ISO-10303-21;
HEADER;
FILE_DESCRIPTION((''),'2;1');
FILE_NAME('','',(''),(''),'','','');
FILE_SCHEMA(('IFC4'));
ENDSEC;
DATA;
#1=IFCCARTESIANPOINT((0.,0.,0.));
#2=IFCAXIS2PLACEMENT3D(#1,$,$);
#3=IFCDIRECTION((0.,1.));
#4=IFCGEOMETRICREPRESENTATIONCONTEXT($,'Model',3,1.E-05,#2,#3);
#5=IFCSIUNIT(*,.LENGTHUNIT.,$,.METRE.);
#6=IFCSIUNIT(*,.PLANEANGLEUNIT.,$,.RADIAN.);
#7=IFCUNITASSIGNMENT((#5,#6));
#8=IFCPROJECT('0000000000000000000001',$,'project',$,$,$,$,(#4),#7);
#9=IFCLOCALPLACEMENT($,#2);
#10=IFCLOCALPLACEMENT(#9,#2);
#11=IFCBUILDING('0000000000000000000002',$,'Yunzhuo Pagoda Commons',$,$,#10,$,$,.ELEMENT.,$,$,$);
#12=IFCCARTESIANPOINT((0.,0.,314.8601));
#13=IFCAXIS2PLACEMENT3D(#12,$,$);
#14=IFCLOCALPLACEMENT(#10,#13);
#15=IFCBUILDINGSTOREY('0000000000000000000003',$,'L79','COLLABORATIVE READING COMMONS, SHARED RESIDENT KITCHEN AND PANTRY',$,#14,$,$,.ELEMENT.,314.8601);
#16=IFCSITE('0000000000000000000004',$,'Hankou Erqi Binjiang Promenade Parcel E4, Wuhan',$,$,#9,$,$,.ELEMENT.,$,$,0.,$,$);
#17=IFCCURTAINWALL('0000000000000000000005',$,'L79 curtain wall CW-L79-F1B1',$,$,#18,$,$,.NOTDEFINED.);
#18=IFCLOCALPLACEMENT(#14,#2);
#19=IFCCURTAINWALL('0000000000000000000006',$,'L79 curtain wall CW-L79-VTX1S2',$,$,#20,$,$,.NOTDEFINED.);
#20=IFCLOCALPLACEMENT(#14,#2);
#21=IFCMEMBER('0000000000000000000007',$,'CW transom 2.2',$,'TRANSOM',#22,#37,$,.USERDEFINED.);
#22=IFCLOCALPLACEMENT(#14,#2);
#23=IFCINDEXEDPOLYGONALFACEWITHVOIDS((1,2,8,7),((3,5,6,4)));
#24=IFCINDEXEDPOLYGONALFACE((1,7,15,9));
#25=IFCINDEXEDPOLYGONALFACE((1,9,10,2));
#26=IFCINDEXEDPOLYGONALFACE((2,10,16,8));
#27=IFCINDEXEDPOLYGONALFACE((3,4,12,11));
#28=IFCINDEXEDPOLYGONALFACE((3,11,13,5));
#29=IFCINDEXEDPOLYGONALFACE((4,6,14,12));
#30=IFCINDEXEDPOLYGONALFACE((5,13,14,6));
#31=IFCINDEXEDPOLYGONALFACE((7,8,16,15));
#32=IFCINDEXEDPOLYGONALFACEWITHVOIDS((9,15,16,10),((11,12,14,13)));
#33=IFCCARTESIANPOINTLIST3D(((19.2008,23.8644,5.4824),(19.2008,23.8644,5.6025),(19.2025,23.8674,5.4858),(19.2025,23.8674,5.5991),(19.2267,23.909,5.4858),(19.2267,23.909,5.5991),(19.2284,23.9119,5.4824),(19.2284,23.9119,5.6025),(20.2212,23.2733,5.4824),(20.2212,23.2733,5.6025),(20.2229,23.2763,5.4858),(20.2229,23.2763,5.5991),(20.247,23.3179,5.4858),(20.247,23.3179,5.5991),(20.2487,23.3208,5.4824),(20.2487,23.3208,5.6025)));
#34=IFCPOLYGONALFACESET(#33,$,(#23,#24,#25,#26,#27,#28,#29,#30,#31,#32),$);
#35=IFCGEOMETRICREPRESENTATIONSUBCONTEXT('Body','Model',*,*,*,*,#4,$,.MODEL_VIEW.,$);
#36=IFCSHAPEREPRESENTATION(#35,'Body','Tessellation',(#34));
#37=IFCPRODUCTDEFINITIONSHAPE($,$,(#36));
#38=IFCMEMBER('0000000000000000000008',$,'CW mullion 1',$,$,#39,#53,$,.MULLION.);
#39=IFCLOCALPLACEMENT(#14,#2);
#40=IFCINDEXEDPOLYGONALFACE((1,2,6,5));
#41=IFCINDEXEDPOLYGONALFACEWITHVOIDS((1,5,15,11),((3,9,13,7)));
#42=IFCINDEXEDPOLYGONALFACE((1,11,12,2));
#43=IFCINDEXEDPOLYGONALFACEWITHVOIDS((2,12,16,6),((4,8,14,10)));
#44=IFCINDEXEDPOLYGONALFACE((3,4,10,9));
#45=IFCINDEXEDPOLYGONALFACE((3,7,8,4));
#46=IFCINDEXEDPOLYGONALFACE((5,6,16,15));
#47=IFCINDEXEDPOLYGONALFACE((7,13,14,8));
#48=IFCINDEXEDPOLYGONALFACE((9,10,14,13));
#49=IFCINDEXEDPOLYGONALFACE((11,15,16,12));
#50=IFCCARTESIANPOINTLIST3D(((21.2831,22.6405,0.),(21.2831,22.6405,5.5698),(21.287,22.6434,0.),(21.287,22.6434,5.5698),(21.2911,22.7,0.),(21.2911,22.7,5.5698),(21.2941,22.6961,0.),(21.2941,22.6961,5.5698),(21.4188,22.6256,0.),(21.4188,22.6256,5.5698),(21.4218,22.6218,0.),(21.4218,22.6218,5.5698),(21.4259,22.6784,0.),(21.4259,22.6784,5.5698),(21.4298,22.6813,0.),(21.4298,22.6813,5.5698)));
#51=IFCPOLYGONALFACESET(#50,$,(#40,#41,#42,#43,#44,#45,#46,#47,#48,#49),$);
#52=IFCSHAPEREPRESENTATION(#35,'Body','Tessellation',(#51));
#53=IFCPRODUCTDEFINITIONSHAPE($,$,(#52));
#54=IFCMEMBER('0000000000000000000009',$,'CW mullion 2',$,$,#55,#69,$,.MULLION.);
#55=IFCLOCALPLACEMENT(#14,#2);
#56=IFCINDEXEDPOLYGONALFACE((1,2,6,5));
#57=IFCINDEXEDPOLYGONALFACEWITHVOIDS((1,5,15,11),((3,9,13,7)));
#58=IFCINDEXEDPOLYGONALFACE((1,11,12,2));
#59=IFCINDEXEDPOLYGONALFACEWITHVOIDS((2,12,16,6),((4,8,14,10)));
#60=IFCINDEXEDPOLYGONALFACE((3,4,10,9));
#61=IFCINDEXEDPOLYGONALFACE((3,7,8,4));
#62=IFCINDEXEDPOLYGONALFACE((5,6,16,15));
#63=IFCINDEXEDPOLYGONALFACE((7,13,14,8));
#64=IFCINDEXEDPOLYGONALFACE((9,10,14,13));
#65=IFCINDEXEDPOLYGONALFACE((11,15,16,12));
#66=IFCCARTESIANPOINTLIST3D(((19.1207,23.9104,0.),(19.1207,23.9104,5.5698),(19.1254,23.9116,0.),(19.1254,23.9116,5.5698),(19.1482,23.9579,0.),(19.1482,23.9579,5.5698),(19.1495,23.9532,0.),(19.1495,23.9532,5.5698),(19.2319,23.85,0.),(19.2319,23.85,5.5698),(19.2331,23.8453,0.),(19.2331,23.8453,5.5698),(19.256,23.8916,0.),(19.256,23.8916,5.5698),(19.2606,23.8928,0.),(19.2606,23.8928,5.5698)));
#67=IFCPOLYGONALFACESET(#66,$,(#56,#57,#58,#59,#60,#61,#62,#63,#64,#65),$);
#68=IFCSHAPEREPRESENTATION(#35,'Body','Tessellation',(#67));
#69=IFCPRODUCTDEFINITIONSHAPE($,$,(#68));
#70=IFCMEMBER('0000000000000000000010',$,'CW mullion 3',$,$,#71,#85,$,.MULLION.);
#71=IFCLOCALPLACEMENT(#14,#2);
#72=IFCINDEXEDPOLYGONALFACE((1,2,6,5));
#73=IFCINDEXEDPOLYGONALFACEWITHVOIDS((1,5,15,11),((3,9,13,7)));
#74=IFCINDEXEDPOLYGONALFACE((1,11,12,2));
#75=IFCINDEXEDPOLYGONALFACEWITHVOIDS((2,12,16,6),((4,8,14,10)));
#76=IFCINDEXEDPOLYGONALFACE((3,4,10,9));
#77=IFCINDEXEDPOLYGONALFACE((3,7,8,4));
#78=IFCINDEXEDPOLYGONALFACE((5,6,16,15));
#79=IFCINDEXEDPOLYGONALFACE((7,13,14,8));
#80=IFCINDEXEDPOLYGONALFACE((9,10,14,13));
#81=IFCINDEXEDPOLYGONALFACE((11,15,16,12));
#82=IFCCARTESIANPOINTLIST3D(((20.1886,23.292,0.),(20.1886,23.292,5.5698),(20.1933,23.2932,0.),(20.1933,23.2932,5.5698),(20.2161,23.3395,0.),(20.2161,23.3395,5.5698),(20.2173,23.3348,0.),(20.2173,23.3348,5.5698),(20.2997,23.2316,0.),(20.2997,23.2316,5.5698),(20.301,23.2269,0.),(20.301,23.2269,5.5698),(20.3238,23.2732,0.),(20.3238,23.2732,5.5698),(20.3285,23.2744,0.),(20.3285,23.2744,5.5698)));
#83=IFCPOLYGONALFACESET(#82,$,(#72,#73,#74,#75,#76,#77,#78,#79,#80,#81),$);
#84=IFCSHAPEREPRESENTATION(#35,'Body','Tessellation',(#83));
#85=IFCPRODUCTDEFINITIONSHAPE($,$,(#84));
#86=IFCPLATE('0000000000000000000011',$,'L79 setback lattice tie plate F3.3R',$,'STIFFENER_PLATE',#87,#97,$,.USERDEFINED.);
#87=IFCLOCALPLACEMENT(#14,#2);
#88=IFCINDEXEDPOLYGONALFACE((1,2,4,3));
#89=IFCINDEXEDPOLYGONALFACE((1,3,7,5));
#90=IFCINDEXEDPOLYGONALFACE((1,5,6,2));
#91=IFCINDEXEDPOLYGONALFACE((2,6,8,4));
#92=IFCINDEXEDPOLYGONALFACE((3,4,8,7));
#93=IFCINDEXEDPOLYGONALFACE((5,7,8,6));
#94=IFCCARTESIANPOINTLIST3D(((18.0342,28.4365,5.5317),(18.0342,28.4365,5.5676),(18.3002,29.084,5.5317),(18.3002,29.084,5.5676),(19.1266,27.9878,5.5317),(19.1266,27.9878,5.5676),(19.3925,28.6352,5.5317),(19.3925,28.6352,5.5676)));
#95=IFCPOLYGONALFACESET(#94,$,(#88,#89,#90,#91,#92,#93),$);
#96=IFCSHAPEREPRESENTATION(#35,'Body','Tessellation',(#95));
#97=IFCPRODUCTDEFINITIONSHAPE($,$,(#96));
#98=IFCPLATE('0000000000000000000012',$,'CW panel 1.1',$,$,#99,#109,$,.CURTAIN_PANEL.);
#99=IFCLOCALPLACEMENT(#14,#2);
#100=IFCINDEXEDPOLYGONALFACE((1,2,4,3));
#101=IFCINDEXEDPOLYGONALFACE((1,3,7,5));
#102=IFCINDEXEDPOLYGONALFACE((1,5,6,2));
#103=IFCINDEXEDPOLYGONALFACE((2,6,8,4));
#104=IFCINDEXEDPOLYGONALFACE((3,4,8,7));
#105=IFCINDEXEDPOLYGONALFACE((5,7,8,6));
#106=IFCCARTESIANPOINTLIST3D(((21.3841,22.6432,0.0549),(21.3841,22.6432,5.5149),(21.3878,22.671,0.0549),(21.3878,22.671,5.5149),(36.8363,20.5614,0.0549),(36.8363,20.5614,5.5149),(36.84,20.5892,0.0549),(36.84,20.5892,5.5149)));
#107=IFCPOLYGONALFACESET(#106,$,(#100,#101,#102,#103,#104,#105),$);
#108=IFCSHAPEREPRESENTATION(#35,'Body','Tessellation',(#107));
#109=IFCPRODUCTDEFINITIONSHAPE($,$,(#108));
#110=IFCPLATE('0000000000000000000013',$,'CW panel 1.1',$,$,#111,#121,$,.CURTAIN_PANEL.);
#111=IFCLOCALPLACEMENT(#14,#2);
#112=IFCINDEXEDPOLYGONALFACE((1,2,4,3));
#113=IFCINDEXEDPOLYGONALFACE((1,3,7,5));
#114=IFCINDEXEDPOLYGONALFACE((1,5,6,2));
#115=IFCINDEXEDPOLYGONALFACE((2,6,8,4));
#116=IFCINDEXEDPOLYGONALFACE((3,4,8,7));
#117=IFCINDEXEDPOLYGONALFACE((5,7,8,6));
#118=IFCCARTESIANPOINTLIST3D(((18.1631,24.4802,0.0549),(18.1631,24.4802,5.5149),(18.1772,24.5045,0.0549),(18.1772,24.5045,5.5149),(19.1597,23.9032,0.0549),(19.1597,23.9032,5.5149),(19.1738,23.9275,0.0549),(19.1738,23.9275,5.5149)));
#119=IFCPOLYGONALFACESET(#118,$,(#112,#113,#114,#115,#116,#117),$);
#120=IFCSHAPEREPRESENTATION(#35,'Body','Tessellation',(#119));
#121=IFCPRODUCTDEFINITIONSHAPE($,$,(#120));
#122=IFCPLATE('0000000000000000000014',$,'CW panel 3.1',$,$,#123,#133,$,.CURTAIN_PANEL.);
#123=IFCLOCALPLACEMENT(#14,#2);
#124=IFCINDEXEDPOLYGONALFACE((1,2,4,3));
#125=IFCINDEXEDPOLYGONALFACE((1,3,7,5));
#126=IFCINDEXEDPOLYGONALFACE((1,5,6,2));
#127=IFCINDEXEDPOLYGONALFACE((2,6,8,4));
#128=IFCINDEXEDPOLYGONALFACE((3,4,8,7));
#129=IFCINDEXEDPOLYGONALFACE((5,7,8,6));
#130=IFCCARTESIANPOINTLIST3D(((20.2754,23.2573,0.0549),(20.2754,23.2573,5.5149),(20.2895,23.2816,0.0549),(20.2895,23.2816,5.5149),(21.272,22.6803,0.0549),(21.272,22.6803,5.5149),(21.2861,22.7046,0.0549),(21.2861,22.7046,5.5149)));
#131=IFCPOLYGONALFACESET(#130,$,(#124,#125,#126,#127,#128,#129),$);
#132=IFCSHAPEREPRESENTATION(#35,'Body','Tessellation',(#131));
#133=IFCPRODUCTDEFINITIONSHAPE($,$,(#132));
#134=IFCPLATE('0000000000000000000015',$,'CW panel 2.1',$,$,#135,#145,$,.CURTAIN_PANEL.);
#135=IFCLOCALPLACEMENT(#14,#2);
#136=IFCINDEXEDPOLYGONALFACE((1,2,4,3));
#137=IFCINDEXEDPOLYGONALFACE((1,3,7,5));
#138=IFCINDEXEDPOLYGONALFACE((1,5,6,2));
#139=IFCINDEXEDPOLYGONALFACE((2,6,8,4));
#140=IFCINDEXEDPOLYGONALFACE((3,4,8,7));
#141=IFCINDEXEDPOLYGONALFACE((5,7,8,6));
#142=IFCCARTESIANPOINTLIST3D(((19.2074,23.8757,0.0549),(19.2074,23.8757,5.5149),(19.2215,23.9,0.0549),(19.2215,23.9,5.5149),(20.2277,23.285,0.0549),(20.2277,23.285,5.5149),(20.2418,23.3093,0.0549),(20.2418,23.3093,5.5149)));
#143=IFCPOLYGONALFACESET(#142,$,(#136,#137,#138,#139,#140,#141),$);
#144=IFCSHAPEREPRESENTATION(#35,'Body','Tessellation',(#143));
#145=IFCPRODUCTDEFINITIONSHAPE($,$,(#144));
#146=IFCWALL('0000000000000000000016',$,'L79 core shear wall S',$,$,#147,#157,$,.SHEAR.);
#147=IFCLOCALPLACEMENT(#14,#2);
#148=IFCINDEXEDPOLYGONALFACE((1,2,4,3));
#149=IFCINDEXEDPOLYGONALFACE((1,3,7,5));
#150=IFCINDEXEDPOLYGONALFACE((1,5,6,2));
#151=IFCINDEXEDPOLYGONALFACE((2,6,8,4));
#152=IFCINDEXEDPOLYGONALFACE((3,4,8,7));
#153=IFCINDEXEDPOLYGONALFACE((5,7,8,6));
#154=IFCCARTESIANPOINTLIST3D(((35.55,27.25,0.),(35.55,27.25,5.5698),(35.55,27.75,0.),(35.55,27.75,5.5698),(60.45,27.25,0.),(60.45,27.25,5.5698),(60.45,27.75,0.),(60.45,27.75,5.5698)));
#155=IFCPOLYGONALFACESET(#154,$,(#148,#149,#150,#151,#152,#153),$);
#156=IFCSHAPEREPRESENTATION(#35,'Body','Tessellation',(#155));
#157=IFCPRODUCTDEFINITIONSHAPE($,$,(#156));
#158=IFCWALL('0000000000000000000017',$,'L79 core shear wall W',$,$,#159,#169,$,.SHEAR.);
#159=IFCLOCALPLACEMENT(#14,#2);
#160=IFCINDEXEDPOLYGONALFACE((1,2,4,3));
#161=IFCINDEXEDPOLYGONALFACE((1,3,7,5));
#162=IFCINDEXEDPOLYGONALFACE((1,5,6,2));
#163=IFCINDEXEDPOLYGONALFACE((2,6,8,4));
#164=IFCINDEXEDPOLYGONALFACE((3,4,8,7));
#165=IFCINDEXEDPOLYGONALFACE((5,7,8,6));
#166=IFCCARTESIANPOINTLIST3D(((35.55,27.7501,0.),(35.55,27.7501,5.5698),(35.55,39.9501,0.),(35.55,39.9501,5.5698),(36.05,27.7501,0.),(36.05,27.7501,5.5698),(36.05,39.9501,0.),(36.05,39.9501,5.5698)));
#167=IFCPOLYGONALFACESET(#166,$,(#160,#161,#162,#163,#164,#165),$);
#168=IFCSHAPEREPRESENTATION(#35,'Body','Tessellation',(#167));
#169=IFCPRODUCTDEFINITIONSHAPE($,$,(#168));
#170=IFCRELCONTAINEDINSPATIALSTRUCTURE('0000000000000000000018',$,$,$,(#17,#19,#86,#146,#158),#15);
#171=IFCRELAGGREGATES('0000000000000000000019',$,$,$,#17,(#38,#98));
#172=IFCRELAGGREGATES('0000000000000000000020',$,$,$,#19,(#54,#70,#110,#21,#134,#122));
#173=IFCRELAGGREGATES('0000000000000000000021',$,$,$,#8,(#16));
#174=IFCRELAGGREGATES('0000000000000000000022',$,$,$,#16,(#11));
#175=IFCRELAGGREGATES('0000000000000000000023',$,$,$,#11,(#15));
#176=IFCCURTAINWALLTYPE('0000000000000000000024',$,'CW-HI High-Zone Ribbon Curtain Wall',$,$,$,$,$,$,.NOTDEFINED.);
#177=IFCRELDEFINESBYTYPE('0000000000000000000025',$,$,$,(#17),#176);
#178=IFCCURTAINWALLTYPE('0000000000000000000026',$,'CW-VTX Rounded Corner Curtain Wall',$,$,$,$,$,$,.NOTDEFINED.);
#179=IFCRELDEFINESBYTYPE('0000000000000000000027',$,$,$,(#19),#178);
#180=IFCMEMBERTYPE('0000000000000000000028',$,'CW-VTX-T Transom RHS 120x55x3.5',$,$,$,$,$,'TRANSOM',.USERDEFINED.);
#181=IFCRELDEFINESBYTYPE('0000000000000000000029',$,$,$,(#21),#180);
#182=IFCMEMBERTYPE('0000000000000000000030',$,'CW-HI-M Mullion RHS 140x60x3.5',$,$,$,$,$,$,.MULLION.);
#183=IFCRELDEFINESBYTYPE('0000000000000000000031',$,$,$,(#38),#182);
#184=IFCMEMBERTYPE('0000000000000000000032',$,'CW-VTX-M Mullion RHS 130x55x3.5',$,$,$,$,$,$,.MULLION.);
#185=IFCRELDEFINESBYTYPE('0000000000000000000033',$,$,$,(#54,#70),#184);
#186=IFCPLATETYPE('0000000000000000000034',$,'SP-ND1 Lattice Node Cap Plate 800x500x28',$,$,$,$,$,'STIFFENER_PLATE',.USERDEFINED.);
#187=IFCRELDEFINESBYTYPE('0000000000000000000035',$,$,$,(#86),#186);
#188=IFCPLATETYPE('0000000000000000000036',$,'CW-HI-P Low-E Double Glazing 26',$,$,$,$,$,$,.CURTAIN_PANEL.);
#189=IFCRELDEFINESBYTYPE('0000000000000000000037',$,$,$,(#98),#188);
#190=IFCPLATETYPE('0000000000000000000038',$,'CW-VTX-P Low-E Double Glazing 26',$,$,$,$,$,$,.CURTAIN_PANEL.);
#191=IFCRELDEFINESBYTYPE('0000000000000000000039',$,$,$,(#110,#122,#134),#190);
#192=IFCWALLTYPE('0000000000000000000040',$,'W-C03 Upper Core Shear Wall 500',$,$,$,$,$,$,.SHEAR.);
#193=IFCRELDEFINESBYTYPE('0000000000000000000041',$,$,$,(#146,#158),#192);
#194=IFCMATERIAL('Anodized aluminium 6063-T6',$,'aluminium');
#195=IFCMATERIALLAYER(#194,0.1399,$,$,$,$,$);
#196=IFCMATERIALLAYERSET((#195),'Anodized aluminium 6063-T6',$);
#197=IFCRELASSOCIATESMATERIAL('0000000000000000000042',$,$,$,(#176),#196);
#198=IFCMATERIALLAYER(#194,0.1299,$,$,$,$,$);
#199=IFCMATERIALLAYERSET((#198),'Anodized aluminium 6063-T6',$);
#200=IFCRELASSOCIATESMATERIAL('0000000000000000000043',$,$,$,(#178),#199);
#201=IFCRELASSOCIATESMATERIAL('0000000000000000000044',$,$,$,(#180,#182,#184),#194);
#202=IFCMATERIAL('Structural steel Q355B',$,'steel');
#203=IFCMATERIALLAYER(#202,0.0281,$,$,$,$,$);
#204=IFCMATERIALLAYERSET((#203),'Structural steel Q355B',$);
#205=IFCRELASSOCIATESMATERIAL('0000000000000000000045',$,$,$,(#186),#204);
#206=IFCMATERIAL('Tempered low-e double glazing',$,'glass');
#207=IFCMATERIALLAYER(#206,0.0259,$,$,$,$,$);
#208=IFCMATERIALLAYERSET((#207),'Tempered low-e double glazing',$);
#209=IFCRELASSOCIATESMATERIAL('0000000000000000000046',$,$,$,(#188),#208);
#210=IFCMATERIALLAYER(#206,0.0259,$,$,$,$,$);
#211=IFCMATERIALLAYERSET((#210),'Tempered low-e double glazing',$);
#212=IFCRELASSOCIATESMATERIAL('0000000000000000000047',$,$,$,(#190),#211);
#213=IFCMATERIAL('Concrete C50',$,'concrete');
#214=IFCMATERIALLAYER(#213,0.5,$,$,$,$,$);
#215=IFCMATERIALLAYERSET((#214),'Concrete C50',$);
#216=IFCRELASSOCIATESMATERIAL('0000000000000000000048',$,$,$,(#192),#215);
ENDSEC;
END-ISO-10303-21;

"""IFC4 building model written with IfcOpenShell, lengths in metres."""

from ifc_helpers import new_model, si_unit, direction, frame, frame_2d, origin, origin_2d, place, context, subcontext, project, spatial, rectangle, hollow_rectangle, extrude, source, transform, mapped, material, layer, layer_set, material_profile, profile_set, type_object, element, aggregate, save


model = new_model("IFC4")

# Units and contexts
model_context = context("Model", 3, precision=1e-05, world=origin(), true_north=direction((0.0, 1.0)))
body_context = subcontext(model_context, "Body", "Model", "MODEL_VIEW")
ifc_project = project(units=[si_unit("LENGTHUNIT", "METRE"), si_unit("PLANEANGLEUNIT", "RADIAN")], contexts=[model_context])

# Site, building, storey
site_placement = place(None, origin())
site = spatial("IfcSite", under=ifc_project, at=site_placement, Name="Hankou Erqi Binjiang Promenade Parcel E4, Wuhan", CompositionType="ELEMENT", RefElevation=0.0)
building_placement = place(site_placement, origin())
building = spatial("IfcBuilding", under=site, at=building_placement, Name="Yunzhuo Pagoda Commons", CompositionType="ELEMENT")
storey_placement = place(building_placement, frame((0.0, 0.0, 314.8601)))
storey = spatial("IfcBuildingStorey", under=building, at=storey_placement, Name="L79", Description="COLLABORATIVE READING COMMONS, SHARED RESIDENT KITCHEN AND PANTRY", CompositionType="ELEMENT", Elevation=314.8601)

# Shared definitions
ifc_material_1 = material(Name="Structural steel Q355B", Category="steel")

# Curtain walls, member
ifc_material_2 = material(Name="Anodized aluminium 6063-T6", Category="aluminium")
ifc_layer_1 = layer(ifc_material_2, 0.1399)
ifc_layer_set_1 = layer_set([ifc_layer_1], Name="Anodized aluminium 6063-T6")
curtain_wall_type_1 = type_object("IfcCurtainWallType", Name="CW-HI High-Zone Ribbon Curtain Wall", PredefinedType="NOTDEFINED", material=ifc_layer_set_1)
curtain_wall_1_placement = place(storey_placement, origin())
curtain_wall_1 = element("IfcCurtainWall", 1, at=curtain_wall_1_placement, inside=storey, type_object=curtain_wall_type_1, Name="L79 curtain wall CW-L79-F1B1", PredefinedType="NOTDEFINED")
ifc_layer_2 = layer(ifc_material_2, 0.1299)
ifc_layer_set_2 = layer_set([ifc_layer_2], Name="Anodized aluminium 6063-T6")
curtain_wall_type_2 = type_object("IfcCurtainWallType", Name="CW-VTX Rounded Corner Curtain Wall", PredefinedType="NOTDEFINED", material=ifc_layer_set_2)
curtain_wall_2_placement = place(storey_placement, origin())
curtain_wall_2 = element("IfcCurtainWall", 2, at=curtain_wall_2_placement, inside=storey, type_object=curtain_wall_type_2, Name="L79 curtain wall CW-L79-VTX1S2", PredefinedType="NOTDEFINED")
ifc_material_profile_1 = material_profile(ifc_material_2, hollow_rectangle(XDim=0.0549, YDim=0.1201, WallThickness=0.0034, at=origin_2d()), Name="Anodized aluminium 6063-T6")
ifc_profile_set_1 = profile_set([ifc_material_profile_1], Name="Anodized aluminium 6063-T6")
member_type_1 = type_object("IfcMemberType", Name="CW-VTX-T Transom RHS 120x55x3.5", ElementType="TRANSOM", PredefinedType="USERDEFINED", material=ifc_profile_set_1)
shared_shape_1 = source(origin(), body_context, "Body", "SweptSolid", [
    extrude(hollow_rectangle(XDim=0.0549, YDim=0.1201, WallThickness=0.0034, at=origin_2d()), origin(), (0.0, 0.0, 1.0), 1.1792),
])
member_1_placement = place(storey_placement, frame((19.2146, 23.8882, 5.5425), z_axis=(0.865284, -0.501281, 0.0), x_axis=(0.501281, 0.865284, 0.0)))
member_1 = element("IfcMember", 3, at=member_1_placement, type_object=member_type_1, Name="CW transom 2.2", ObjectType="TRANSOM", PredefinedType="USERDEFINED", context=body_context, shape_type="MappedRepresentation", body=[
    mapped(shared_shape_1, transform((0.0, 0.0, 0.0), scale=1.0)),
])

# Members
ifc_material_profile_2 = material_profile(ifc_material_2, hollow_rectangle(XDim=0.0601, YDim=0.1399, WallThickness=0.0034, at=origin_2d()), Name="Anodized aluminium 6063-T6")
ifc_profile_set_2 = profile_set([ifc_material_profile_2], Name="Anodized aluminium 6063-T6")
member_type_2 = type_object("IfcMemberType", Name="CW-HI-M Mullion RHS 140x60x3.5", PredefinedType="MULLION", material=ifc_profile_set_2)
shared_shape_2 = source(origin(), body_context, "Body", "SweptSolid", [
    extrude(hollow_rectangle(XDim=0.0601, YDim=0.1399, WallThickness=0.0034, at=origin_2d()), origin(), (0.0, 0.0, 1.0), 5.5698),
])
member_2_placement = place(storey_placement, frame((21.3564, 22.6609, 0.0), z_axis=(0.0, 0.0, 1.0), x_axis=(0.133519, 0.991046, 0.0)))
member_2 = element("IfcMember", 4, at=member_2_placement, type_object=member_type_2, Name="CW mullion 1", PredefinedType="MULLION", context=body_context, shape_type="MappedRepresentation", body=[
    mapped(shared_shape_2, transform((0.0, 0.0, 0.0), scale=1.0)),
])
ifc_material_profile_3 = material_profile(ifc_material_2, hollow_rectangle(XDim=0.0549, YDim=0.1299, WallThickness=0.0034, at=origin_2d()), Name="Anodized aluminium 6063-T6")
ifc_profile_set_3 = profile_set([ifc_material_profile_3], Name="Anodized aluminium 6063-T6")
member_type_3 = type_object("IfcMemberType", Name="CW-VTX-M Mullion RHS 130x55x3.5", PredefinedType="MULLION", material=ifc_profile_set_3)
shared_shape_3 = source(origin(), body_context, "Body", "SweptSolid", [
    extrude(hollow_rectangle(XDim=0.0549, YDim=0.1299, WallThickness=0.0034, at=origin_2d()), origin(), (0.0, 0.0, 1.0), 5.5698),
])
member_3_placement = place(storey_placement, frame((19.1907, 23.9016, 0.0), z_axis=(0.0, 0.0, 1.0), x_axis=(0.501027, 0.865432, 0.0)))
member_3 = element("IfcMember", 5, at=member_3_placement, type_object=member_type_3, Name="CW mullion 2", PredefinedType="MULLION", context=body_context, shape_type="MappedRepresentation", body=[
    mapped(shared_shape_3, transform((0.0, 0.0, 0.0), scale=1.0)),
])
member_4_placement = place(storey_placement, frame((20.2585, 23.2832, 0.0), z_axis=(0.0, 0.0, 1.0), x_axis=(0.501027, 0.865432, 0.0)))
member_4 = element("IfcMember", 6, at=member_4_placement, type_object=member_type_3, Name="CW mullion 3", PredefinedType="MULLION", context=body_context, shape_type="MappedRepresentation", body=[
    mapped(shared_shape_3, transform((0.0, 0.0, 0.0), scale=1.0)),
])

# Plates
ifc_layer_3 = layer(ifc_material_1, 0.0281)
ifc_layer_set_3 = layer_set([ifc_layer_3], Name="Structural steel Q355B")
plate_type_1 = type_object("IfcPlateType", Name="SP-ND1 Lattice Node Cap Plate 800x500x28", ElementType="STIFFENER_PLATE", PredefinedType="USERDEFINED", material=ifc_layer_set_3)
shared_shape_4 = source(origin(), body_context, "Body", "SweptSolid", [
    extrude(rectangle(XDim=0.7, YDim=1.1809, at=origin_2d()), origin(), (0.0, 0.0, 1.0), 0.0359),
])
plate_1_placement = place(storey_placement, frame((18.7134, 28.5359, 5.5317), z_axis=(0.0, 0.0, 1.0), x_axis=(-0.379989, -0.924991, 0.0)))
element("IfcPlate", 7, at=plate_1_placement, inside=storey, type_object=plate_type_1, Name="L79 setback lattice tie plate F3.3R", ObjectType="STIFFENER_PLATE", PredefinedType="USERDEFINED", context=body_context, shape_type="MappedRepresentation", body=[
    mapped(shared_shape_4, transform((0.0, 0.0, 0.0), scale=1.0)),
])
ifc_material_3 = material(Name="Tempered low-e double glazing", Category="glass")
ifc_layer_4 = layer(ifc_material_3, 0.0259)
ifc_layer_set_4 = layer_set([ifc_layer_4], Name="Tempered low-e double glazing")
plate_type_2 = type_object("IfcPlateType", Name="CW-HI-P Low-E Double Glazing 26", PredefinedType="CURTAIN_PANEL", material=ifc_layer_set_4)
shared_shape_5 = source(origin(), body_context, "Body", "SweptSolid", [
    extrude(rectangle(XDim=15.5918, YDim=0.0281, at=origin_2d()), origin(), (0.0, 0.0, 1.0), 5.46),
])
plate_2_placement = place(storey_placement, frame((29.1121, 21.6162, 0.0549), z_axis=(0.0, 0.0, 1.0), x_axis=(0.991046, -0.133519, 0.0)))
plate_2 = element("IfcPlate", 8, at=plate_2_placement, type_object=plate_type_2, Name="CW panel 1.1", PredefinedType="CURTAIN_PANEL", context=body_context, shape_type="MappedRepresentation", body=[
    mapped(shared_shape_5, transform((0.0, 0.0, 0.0), scale=1.0)),
])
aggregate(curtain_wall_1, [member_2, plate_2])
ifc_layer_5 = layer(ifc_material_3, 0.0259)
ifc_layer_set_5 = layer_set([ifc_layer_5], Name="Tempered low-e double glazing")
plate_type_3 = type_object("IfcPlateType", Name="CW-VTX-P Low-E Double Glazing 26", PredefinedType="CURTAIN_PANEL", material=ifc_layer_set_5)
shared_shape_6 = source(origin(), body_context, "Body", "SweptSolid", [
    extrude(rectangle(XDim=1.1516, YDim=0.0281, at=origin_2d()), origin(), (0.0, 0.0, 1.0), 5.46),
])
plate_3_placement = place(storey_placement, frame((18.6685, 24.2039, 0.0549), z_axis=(0.0, 0.0, 1.0), x_axis=(0.865432, -0.501027, 0.0)))
plate_3 = element("IfcPlate", 9, at=plate_3_placement, type_object=plate_type_3, Name="CW panel 1.1", PredefinedType="CURTAIN_PANEL", context=body_context, shape_type="MappedRepresentation", body=[
    mapped(shared_shape_6, transform((0.0, 0.0, 0.0), scale=1.0)),
])
plate_4_placement = place(storey_placement, frame((20.7808, 22.981, 0.0549), z_axis=(0.0, 0.0, 1.0), x_axis=(0.865432, -0.501027, 0.0)))
plate_4 = element("IfcPlate", 10, at=plate_4_placement, type_object=plate_type_3, Name="CW panel 3.1", PredefinedType="CURTAIN_PANEL", context=body_context, shape_type="MappedRepresentation", body=[
    mapped(shared_shape_6, transform((0.0, 0.0, 0.0), scale=1.0)),
])
shared_shape_7 = source(origin(), body_context, "Body", "SweptSolid", [
    extrude(rectangle(XDim=1.179, YDim=0.0281, at=origin_2d()), origin(), (0.0, 0.0, 1.0), 5.46),
])
plate_5_placement = place(storey_placement, frame((19.7246, 23.5925, 0.0549), z_axis=(0.0, 0.0, 1.0), x_axis=(0.865432, -0.501027, 0.0)))
plate_5 = element("IfcPlate", 11, at=plate_5_placement, type_object=plate_type_3, Name="CW panel 2.1", PredefinedType="CURTAIN_PANEL", context=body_context, shape_type="MappedRepresentation", body=[
    mapped(shared_shape_7, transform((0.0, 0.0, 0.0), scale=1.0)),
])
aggregate(curtain_wall_2, [member_3, member_4, plate_3, member_1, plate_5, plate_4])

# Walls
ifc_material_4 = material(Name="Concrete C50", Category="concrete")
ifc_layer_6 = layer(ifc_material_4, 0.5)
ifc_layer_set_6 = layer_set([ifc_layer_6], Name="Concrete C50")
wall_type_1 = type_object("IfcWallType", Name="W-C03 Upper Core Shear Wall 500", PredefinedType="SHEAR", material=ifc_layer_set_6)
wall_1_placement = place(storey_placement, frame((35.55, 27.5, 0.0), z_axis=(0.0, 0.0, 1.0), x_axis=(1.0, 0.0, 0.0)))
element("IfcWall", 12, at=wall_1_placement, inside=storey, type_object=wall_type_1, Name="L79 core shear wall S", PredefinedType="SHEAR", context=body_context, shape_type="SweptSolid", body=[
    extrude(rectangle(XDim=24.8999, YDim=0.5, at=frame_2d((12.45, 0.0))), origin(), (0.0, 0.0, 1.0), 5.5698),
])
wall_2_placement = place(storey_placement, frame((35.8, 27.75, 0.0), z_axis=(0.0, 0.0, 1.0), x_axis=(0.0, 1.0, 0.0)))
element("IfcWall", 13, at=wall_2_placement, inside=storey, type_object=wall_type_1, Name="L79 core shear wall W", PredefinedType="SHEAR", context=body_context, shape_type="SweptSolid", body=[
    extrude(rectangle(XDim=12.2, YDim=0.5, at=frame_2d((6.1001, 0.0))), origin(), (0.0, 0.0, 1.0), 5.5698),
])

save(model, "model.ifc")
